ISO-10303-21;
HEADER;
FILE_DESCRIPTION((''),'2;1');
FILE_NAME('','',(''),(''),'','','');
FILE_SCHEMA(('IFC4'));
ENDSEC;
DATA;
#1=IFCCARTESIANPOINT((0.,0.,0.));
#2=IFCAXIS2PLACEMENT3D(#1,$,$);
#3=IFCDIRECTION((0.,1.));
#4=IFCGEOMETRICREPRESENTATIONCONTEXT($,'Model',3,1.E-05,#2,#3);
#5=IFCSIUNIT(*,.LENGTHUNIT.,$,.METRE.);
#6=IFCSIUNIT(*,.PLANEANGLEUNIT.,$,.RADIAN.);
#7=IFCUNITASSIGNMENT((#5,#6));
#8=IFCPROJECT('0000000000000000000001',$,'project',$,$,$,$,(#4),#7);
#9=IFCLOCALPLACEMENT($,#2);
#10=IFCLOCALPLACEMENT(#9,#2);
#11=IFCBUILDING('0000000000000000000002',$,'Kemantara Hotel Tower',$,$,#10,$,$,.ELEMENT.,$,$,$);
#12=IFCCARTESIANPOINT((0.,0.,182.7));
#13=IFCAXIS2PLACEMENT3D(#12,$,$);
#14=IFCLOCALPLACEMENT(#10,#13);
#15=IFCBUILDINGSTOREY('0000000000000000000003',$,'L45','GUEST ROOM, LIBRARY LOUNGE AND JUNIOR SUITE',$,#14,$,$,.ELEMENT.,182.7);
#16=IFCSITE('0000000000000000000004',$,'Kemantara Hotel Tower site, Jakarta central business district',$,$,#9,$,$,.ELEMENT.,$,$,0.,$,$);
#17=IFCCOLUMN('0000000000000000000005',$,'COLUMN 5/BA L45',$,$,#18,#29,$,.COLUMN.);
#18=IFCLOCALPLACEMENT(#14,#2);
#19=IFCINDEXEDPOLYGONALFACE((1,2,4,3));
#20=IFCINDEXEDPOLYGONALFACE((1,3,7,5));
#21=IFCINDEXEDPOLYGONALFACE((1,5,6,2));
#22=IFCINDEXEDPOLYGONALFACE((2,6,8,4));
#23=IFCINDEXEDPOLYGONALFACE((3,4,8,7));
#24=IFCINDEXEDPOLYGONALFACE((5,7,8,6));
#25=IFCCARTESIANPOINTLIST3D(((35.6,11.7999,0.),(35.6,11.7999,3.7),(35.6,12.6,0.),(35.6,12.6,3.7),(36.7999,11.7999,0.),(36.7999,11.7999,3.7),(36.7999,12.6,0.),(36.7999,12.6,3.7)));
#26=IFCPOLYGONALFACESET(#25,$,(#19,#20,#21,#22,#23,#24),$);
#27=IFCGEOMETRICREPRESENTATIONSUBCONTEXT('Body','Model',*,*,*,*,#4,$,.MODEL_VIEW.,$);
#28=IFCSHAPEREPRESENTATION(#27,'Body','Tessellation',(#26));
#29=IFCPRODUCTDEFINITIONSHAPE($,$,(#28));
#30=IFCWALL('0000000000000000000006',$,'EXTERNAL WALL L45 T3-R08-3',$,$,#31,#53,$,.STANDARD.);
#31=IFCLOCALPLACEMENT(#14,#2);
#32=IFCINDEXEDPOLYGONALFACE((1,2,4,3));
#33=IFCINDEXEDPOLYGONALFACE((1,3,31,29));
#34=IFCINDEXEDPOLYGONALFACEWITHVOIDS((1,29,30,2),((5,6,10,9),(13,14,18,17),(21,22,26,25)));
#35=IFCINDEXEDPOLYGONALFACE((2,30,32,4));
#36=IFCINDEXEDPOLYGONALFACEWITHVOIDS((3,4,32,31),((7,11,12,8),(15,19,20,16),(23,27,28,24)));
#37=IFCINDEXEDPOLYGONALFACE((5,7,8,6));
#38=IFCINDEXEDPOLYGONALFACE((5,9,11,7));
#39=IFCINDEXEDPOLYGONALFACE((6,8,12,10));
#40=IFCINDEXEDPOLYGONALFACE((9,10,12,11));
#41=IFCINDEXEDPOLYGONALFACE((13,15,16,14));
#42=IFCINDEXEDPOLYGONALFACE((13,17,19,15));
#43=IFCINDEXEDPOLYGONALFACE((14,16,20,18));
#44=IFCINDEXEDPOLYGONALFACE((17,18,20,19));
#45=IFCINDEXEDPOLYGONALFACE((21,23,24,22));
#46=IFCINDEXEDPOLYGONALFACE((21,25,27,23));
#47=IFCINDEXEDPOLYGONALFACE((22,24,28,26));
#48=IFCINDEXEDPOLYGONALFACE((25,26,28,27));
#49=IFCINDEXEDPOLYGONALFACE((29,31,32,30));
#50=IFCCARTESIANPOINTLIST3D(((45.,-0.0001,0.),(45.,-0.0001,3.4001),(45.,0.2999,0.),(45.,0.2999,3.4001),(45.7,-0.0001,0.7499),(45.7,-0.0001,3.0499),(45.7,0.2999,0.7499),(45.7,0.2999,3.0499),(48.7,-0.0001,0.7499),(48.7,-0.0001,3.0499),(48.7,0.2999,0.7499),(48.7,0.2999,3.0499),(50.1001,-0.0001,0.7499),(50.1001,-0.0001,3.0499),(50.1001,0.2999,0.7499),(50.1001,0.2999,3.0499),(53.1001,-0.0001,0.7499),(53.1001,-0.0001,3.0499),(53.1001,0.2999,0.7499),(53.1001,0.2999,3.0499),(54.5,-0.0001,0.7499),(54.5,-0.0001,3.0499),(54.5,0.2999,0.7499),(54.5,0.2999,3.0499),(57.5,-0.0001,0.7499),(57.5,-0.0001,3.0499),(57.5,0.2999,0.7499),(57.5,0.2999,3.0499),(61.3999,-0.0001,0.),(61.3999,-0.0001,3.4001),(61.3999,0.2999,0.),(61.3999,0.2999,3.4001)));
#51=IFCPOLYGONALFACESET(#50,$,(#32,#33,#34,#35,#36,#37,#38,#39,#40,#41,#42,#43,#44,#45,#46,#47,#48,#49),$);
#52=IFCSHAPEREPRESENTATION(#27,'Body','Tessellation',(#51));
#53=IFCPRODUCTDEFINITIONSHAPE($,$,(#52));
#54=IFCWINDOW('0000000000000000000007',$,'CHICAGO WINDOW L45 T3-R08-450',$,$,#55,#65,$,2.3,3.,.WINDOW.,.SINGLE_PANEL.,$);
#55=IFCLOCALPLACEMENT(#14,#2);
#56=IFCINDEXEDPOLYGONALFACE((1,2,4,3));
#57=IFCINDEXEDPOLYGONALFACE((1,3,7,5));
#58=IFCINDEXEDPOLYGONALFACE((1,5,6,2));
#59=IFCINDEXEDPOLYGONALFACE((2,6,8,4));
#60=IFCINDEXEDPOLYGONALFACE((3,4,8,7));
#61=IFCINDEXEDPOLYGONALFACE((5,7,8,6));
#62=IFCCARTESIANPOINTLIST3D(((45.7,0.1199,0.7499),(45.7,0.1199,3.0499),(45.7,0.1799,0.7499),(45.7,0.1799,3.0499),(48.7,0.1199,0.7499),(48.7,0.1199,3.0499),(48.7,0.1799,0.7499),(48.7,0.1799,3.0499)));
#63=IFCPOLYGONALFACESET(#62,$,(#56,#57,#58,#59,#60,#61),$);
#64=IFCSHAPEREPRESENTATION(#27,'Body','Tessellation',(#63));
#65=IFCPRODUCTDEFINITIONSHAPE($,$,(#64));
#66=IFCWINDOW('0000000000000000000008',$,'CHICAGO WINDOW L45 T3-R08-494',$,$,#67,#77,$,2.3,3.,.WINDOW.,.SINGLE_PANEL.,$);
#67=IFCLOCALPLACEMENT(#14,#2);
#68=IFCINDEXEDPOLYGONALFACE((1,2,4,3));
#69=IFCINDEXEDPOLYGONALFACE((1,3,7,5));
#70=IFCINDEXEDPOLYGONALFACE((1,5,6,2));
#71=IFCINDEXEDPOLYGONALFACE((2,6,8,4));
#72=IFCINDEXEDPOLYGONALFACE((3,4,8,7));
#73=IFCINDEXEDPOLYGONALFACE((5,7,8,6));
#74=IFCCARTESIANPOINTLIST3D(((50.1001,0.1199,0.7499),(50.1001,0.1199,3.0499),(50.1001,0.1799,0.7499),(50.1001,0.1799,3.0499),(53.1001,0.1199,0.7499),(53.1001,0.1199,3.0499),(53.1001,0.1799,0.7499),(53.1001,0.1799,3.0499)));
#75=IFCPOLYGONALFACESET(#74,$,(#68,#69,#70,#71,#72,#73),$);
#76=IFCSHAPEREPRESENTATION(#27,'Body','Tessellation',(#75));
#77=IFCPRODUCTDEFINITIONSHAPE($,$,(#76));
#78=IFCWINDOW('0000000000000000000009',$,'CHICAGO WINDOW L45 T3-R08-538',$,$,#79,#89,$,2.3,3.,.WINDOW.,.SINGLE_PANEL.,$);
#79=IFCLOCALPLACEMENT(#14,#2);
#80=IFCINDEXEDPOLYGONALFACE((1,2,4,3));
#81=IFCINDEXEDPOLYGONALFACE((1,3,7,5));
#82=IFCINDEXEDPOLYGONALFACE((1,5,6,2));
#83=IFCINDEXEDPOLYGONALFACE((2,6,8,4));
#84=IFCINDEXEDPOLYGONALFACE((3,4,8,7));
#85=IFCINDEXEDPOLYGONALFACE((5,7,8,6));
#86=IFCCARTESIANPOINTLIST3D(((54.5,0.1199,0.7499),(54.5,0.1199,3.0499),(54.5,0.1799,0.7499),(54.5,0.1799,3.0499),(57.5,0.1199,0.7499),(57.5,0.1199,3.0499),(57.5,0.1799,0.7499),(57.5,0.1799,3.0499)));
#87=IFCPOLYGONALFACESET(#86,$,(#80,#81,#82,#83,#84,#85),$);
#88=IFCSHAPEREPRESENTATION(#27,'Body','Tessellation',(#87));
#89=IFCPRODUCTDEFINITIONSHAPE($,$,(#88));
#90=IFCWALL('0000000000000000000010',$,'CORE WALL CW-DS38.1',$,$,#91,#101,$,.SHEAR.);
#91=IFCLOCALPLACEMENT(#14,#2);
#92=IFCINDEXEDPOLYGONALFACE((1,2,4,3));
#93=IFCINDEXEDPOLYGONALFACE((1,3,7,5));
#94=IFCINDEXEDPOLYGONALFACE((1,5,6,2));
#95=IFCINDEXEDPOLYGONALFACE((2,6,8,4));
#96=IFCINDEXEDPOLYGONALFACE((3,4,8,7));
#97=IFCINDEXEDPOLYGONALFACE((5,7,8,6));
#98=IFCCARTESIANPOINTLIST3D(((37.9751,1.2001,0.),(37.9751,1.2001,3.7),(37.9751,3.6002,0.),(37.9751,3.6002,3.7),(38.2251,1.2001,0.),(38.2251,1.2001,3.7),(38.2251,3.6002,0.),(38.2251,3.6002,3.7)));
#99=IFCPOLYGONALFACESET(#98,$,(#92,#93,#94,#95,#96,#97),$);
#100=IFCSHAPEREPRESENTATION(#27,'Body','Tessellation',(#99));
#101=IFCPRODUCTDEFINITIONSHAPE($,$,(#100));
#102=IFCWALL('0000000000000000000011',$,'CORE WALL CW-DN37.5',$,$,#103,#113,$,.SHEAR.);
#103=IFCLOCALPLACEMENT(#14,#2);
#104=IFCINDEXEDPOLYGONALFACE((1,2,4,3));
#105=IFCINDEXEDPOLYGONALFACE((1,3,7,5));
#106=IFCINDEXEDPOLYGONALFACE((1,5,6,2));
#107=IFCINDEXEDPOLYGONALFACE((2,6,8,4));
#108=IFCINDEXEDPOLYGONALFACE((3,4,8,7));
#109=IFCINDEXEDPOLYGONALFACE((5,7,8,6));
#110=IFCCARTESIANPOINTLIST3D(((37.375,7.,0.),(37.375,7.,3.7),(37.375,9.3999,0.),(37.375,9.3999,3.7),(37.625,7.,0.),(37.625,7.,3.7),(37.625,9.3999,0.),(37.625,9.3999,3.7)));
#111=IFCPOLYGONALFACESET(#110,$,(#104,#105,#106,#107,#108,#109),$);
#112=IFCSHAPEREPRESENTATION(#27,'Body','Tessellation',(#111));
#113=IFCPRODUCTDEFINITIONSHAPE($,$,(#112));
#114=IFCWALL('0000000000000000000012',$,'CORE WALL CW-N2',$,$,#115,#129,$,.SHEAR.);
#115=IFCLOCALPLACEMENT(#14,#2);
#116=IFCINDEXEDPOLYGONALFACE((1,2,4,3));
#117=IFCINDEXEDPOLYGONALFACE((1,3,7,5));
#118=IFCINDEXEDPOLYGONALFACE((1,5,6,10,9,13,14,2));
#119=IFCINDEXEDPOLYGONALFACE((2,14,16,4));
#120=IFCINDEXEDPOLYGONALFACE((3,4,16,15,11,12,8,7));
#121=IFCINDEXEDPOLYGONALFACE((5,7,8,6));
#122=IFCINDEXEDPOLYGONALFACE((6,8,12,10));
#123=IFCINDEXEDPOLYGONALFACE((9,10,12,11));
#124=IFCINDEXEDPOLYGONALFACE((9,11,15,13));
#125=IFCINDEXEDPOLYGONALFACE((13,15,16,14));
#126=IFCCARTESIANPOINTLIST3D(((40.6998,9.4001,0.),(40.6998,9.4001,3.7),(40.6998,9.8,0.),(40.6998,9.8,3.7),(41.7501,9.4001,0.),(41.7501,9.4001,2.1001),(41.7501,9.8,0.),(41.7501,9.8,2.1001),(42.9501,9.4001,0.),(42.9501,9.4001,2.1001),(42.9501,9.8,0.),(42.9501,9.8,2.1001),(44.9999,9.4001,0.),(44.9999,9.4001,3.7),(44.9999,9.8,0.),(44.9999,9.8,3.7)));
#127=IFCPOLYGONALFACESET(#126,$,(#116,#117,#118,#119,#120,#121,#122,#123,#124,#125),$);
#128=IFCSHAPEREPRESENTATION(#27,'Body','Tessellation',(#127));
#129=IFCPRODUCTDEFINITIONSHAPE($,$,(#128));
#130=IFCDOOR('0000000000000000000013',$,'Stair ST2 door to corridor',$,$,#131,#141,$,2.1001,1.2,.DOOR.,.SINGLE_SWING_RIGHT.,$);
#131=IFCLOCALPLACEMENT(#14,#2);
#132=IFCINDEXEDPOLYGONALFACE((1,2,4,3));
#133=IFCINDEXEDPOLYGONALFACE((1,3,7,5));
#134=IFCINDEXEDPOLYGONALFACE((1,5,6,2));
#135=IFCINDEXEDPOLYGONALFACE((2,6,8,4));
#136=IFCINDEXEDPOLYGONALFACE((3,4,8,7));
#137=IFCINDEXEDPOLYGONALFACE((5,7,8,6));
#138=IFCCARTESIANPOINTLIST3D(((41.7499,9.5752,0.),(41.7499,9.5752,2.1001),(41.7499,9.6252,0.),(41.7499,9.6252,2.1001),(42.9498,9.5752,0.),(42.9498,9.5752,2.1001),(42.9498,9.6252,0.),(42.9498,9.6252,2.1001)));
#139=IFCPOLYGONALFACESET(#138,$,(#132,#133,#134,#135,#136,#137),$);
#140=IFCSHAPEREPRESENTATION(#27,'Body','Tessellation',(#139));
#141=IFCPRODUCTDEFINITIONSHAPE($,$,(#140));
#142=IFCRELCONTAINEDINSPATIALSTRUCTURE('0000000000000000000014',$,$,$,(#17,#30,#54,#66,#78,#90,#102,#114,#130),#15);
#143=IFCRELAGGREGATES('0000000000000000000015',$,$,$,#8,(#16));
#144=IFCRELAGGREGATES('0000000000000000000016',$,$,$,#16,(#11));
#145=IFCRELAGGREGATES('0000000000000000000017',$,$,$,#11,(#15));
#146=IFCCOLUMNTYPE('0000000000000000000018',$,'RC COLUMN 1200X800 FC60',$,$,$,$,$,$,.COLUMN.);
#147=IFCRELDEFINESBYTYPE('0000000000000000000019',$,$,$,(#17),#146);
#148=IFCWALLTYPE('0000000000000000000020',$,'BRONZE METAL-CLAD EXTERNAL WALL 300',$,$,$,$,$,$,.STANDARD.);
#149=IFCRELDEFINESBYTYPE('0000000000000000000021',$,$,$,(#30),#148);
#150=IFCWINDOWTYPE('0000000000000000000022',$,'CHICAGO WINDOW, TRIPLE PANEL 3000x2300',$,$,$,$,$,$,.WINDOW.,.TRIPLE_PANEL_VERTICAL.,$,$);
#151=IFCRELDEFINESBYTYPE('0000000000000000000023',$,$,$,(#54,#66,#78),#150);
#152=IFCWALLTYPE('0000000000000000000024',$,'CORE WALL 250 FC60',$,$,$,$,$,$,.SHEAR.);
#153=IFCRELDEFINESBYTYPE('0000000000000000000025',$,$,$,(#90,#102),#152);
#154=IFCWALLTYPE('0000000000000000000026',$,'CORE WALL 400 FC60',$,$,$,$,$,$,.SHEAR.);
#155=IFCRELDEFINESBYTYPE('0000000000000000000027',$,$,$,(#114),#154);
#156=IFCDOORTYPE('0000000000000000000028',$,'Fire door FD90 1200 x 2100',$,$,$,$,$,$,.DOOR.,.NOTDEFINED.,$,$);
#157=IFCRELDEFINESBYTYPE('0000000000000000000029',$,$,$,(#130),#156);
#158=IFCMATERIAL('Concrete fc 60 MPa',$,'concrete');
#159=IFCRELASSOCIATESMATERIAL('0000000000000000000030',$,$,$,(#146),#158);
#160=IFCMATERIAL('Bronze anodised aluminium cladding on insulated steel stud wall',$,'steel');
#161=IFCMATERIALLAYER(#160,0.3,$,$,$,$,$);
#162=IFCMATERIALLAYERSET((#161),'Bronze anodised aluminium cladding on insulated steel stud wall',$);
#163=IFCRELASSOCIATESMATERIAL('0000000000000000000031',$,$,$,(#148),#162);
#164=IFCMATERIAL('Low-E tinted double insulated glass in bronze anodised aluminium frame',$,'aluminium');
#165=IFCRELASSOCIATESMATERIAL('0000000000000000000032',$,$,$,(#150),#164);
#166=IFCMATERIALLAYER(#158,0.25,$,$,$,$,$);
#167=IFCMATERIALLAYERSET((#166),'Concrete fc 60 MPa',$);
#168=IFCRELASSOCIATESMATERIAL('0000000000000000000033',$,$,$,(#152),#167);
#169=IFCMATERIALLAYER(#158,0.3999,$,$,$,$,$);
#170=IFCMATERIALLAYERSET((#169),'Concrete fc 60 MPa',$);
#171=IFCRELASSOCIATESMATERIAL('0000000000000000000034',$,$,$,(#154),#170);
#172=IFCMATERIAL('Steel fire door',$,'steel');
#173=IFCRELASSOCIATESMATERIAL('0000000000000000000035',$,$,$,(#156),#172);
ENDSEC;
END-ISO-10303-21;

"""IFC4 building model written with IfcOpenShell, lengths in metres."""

from ifc_helpers import new_model, si_unit, direction, frame, frame_2d, origin, origin_2d, place, context, subcontext, project, spatial, rectangle, extrude, material, layer, layer_set, material_profile, profile_set, type_object, element, fill, save


model = new_model("IFC4")

# Units and contexts
model_context = context("Model", 3, precision=1e-05, world=origin(), true_north=direction((0.0, 1.0)))
body_context = subcontext(model_context, "Body", "Model", "MODEL_VIEW")
ifc_project = project(units=[si_unit("LENGTHUNIT", "METRE"), si_unit("PLANEANGLEUNIT", "RADIAN")], contexts=[model_context])

# Site, building, storey
site_placement = place(None, origin())
site = spatial("IfcSite", under=ifc_project, at=site_placement, Name="Kemantara Hotel Tower site, Jakarta central business district", CompositionType="ELEMENT", RefElevation=0.0)
building_placement = place(site_placement, origin())
building = spatial("IfcBuilding", under=site, at=building_placement, Name="Kemantara Hotel Tower", CompositionType="ELEMENT")
storey_placement = place(building_placement, frame((0.0, 0.0, 182.7)))
storey = spatial("IfcBuildingStorey", under=building, at=storey_placement, Name="L45", Description="GUEST ROOM, LIBRARY LOUNGE AND JUNIOR SUITE", CompositionType="ELEMENT", Elevation=182.7)

# Column
ifc_material_1 = material(Name="Concrete fc 60 MPa", Category="concrete")
ifc_material_profile = material_profile(ifc_material_1, rectangle(XDim=1.2, YDim=0.8, at=origin_2d()), Name="RC 1200X800")
ifc_profile_set = profile_set([ifc_material_profile], Name="Concrete fc 60 MPa")
column_type = type_object("IfcColumnType", Name="RC COLUMN 1200X800 FC60", PredefinedType="COLUMN", material=ifc_profile_set)
column_placement = place(storey_placement, frame((36.2, 12.2, 0.0), z_axis=(0.0, 0.0, 1.0), x_axis=(1.0, 0.0, 0.0)))
element("IfcColumn", 1, at=column_placement, inside=storey, type_object=column_type, Name="COLUMN 5/BA L45", PredefinedType="COLUMN", context=body_context, shape_type="SweptSolid", body=[
    extrude(rectangle(XDim=1.2, YDim=0.8, at=origin_2d()), origin(), (0.0, 0.0, 1.0), 3.7),
])

# Wall, openings, windows
ifc_material_2 = material(Name="Bronze anodised aluminium cladding on insulated steel stud wall", Category="steel")
ifc_layer_1 = layer(ifc_material_2, 0.3)
ifc_layer_set_1 = layer_set([ifc_layer_1], Name="Bronze anodised aluminium cladding on insulated steel stud wall")
wall_type_1 = type_object("IfcWallType", Name="BRONZE METAL-CLAD EXTERNAL WALL 300", PredefinedType="STANDARD", material=ifc_layer_set_1)
wall_1_placement = place(storey_placement, frame((45.0, 0.1499, 0.0), z_axis=(0.0, 0.0, 1.0), x_axis=(1.0, 0.0, 0.0)))
wall_1 = element("IfcWall", 2, at=wall_1_placement, inside=storey, type_object=wall_type_1, Name="EXTERNAL WALL L45 T3-R08-3", PredefinedType="STANDARD", context=body_context, shape_type="SweptSolid", body=[
    extrude(rectangle(XDim=16.3999, YDim=0.3, at=frame_2d((8.2, 0.0))), origin(), (0.0, 0.0, 1.0), 3.4001),
])
opening_1_placement = place(wall_1_placement, frame((0.7, 0.0, 0.75)))
opening_1 = element("IfcOpeningElement", 3, at=opening_1_placement, cuts=wall_1, PredefinedType="OPENING", context=body_context, shape_type="SweptSolid", body=[
    extrude(rectangle(XDim=3.0, YDim=2.3, at=frame_2d((1.5, 1.1499))), frame((0.0, 0.1599, 0.0), z_axis=(0.0, -1.0, 0.0), x_axis=(1.0, 0.0, 0.0)), (0.0, 0.0, 1.0), 0.3201),
])
opening_2_placement = place(wall_1_placement, frame((5.1001, 0.0, 0.75)))
opening_2 = element("IfcOpeningElement", 4, at=opening_2_placement, cuts=wall_1, PredefinedType="OPENING", context=body_context, shape_type="SweptSolid", body=[
    extrude(rectangle(XDim=3.0, YDim=2.3, at=frame_2d((1.5, 1.1499))), frame((0.0, 0.1599, 0.0), z_axis=(0.0, -1.0, 0.0), x_axis=(1.0, 0.0, 0.0)), (0.0, 0.0, 1.0), 0.3201),
])
opening_3_placement = place(wall_1_placement, frame((9.5, 0.0, 0.75)))
opening_3 = element("IfcOpeningElement", 5, at=opening_3_placement, cuts=wall_1, PredefinedType="OPENING", context=body_context, shape_type="SweptSolid", body=[
    extrude(rectangle(XDim=3.0, YDim=2.3, at=frame_2d((1.5, 1.1499))), frame((0.0, 0.1599, 0.0), z_axis=(0.0, -1.0, 0.0), x_axis=(1.0, 0.0, 0.0)), (0.0, 0.0, 1.0), 0.3201),
])
ifc_material_3 = material(Name="Low-E tinted double insulated glass in bronze anodised aluminium frame", Category="aluminium")
window_type = type_object("IfcWindowType", Name="CHICAGO WINDOW, TRIPLE PANEL 3000x2300", PartitioningType="TRIPLE_PANEL_VERTICAL", PredefinedType="WINDOW", material=ifc_material_3)
window_1_placement = place(opening_1_placement, origin())
window_1 = element("IfcWindow", 6, at=window_1_placement, inside=storey, type_object=window_type, Name="CHICAGO WINDOW L45 T3-R08-450", OverallHeight=2.3, OverallWidth=3.0, PartitioningType="SINGLE_PANEL", PredefinedType="WINDOW", context=body_context, shape_type="SweptSolid", body=[
    extrude(rectangle(XDim=3.0, YDim=2.3, at=frame_2d((1.5, 1.1499))), frame((0.0, 0.03, 0.0), z_axis=(0.0, -1.0, 0.0), x_axis=(1.0, 0.0, 0.0)), (0.0, 0.0, 1.0), 0.0601),
])
fill(opening_1, window_1)
window_2_placement = place(opening_2_placement, origin())
window_2 = element("IfcWindow", 7, at=window_2_placement, inside=storey, type_object=window_type, Name="CHICAGO WINDOW L45 T3-R08-494", OverallHeight=2.3, OverallWidth=3.0, PartitioningType="SINGLE_PANEL", PredefinedType="WINDOW", context=body_context, shape_type="SweptSolid", body=[
    extrude(rectangle(XDim=3.0, YDim=2.3, at=frame_2d((1.5, 1.1499))), frame((0.0, 0.03, 0.0), z_axis=(0.0, -1.0, 0.0), x_axis=(1.0, 0.0, 0.0)), (0.0, 0.0, 1.0), 0.0601),
])
fill(opening_2, window_2)
window_3_placement = place(opening_3_placement, origin())
window_3 = element("IfcWindow", 8, at=window_3_placement, inside=storey, type_object=window_type, Name="CHICAGO WINDOW L45 T3-R08-538", OverallHeight=2.3, OverallWidth=3.0, PartitioningType="SINGLE_PANEL", PredefinedType="WINDOW", context=body_context, shape_type="SweptSolid", body=[
    extrude(rectangle(XDim=3.0, YDim=2.3, at=frame_2d((1.5, 1.1499))), frame((0.0, 0.03, 0.0), z_axis=(0.0, -1.0, 0.0), x_axis=(1.0, 0.0, 0.0)), (0.0, 0.0, 1.0), 0.0601),
])
fill(opening_3, window_3)

# Walls
ifc_layer_2 = layer(ifc_material_1, 0.25)
ifc_layer_set_2 = layer_set([ifc_layer_2], Name="Concrete fc 60 MPa")
wall_type_2 = type_object("IfcWallType", Name="CORE WALL 250 FC60", PredefinedType="SHEAR", material=ifc_layer_set_2)
wall_2_placement = place(storey_placement, frame((38.1001, 1.2, 0.0), z_axis=(0.0, 0.0, 1.0), x_axis=(0.0, 1.0, 0.0)))
element("IfcWall", 9, at=wall_2_placement, inside=storey, type_object=wall_type_2, Name="CORE WALL CW-DS38.1", PredefinedType="SHEAR", context=body_context, shape_type="SweptSolid", body=[
    extrude(rectangle(XDim=2.4001, YDim=0.25, at=frame_2d((1.2002, 0.0))), origin(), (0.0, 0.0, 1.0), 3.7),
])
wall_3_placement = place(storey_placement, frame((37.5, 7.0, 0.0), z_axis=(0.0, 0.0, 1.0), x_axis=(0.0, 1.0, 0.0)))
element("IfcWall", 10, at=wall_3_placement, inside=storey, type_object=wall_type_2, Name="CORE WALL CW-DN37.5", PredefinedType="SHEAR", context=body_context, shape_type="SweptSolid", body=[
    extrude(rectangle(XDim=2.3999, YDim=0.25, at=frame_2d((1.2, 0.0))), origin(), (0.0, 0.0, 1.0), 3.7),
])

# Wall, opening, door
ifc_layer_3 = layer(ifc_material_1, 0.3999)
ifc_layer_set_3 = layer_set([ifc_layer_3], Name="Concrete fc 60 MPa")
wall_type_3 = type_object("IfcWallType", Name="CORE WALL 400 FC60", PredefinedType="SHEAR", material=ifc_layer_set_3)
wall_4_placement = place(storey_placement, frame((40.7, 9.6001, 0.0), z_axis=(0.0, 0.0, 1.0), x_axis=(1.0, 0.0, 0.0)))
wall_4 = element("IfcWall", 11, at=wall_4_placement, inside=storey, type_object=wall_type_3, Name="CORE WALL CW-N2", PredefinedType="SHEAR", context=body_context, shape_type="SweptSolid", body=[
    extrude(rectangle(XDim=4.3, YDim=0.3999, at=frame_2d((2.1499, 0.0))), origin(), (0.0, 0.0, 1.0), 3.7),
])
opening_4_placement = place(wall_4_placement, frame((1.05, 0.0, 0.0)))
opening_4 = element("IfcOpeningElement", 12, at=opening_4_placement, cuts=wall_4, PredefinedType="OPENING", context=body_context, shape_type="SweptSolid", body=[
    extrude(rectangle(XDim=1.2, YDim=2.1001, at=frame_2d((0.6001, 1.05))), frame((0.0, 0.21, 0.0), z_axis=(0.0, -1.0, 0.0), x_axis=(1.0, 0.0, 0.0)), (0.0, 0.0, 1.0), 0.4199),
])
ifc_material_4 = material(Name="Steel fire door", Category="steel")
door_type_1 = type_object("IfcDoorType", Name="Fire door FD90 1200 x 2100", OperationType="NOTDEFINED", PredefinedType="DOOR", material=ifc_material_4)
door_1_placement = place(opening_4_placement, frame((1.2, 0.0, 0.0), z_axis=(0.0, 0.0, 1.0), x_axis=(-1.0, 0.0, 0.0)))
door_1 = element("IfcDoor", 13, at=door_1_placement, inside=storey, type_object=door_type_1, Name="Stair ST2 door to corridor", OperationType="SINGLE_SWING_RIGHT", OverallHeight=2.1001, OverallWidth=1.2, PredefinedType="DOOR", context=body_context, shape_type="SweptSolid", body=[
    extrude(rectangle(XDim=1.2, YDim=2.1001, at=frame_2d((0.6001, 1.05))), frame((0.0, 0.0249, 0.0), z_axis=(0.0, -1.0, 0.0), x_axis=(1.0, 0.0, 0.0)), (0.0, 0.0, 1.0), 0.05),
])
fill(opening_4, door_1)

save(model, "model.ifc")
